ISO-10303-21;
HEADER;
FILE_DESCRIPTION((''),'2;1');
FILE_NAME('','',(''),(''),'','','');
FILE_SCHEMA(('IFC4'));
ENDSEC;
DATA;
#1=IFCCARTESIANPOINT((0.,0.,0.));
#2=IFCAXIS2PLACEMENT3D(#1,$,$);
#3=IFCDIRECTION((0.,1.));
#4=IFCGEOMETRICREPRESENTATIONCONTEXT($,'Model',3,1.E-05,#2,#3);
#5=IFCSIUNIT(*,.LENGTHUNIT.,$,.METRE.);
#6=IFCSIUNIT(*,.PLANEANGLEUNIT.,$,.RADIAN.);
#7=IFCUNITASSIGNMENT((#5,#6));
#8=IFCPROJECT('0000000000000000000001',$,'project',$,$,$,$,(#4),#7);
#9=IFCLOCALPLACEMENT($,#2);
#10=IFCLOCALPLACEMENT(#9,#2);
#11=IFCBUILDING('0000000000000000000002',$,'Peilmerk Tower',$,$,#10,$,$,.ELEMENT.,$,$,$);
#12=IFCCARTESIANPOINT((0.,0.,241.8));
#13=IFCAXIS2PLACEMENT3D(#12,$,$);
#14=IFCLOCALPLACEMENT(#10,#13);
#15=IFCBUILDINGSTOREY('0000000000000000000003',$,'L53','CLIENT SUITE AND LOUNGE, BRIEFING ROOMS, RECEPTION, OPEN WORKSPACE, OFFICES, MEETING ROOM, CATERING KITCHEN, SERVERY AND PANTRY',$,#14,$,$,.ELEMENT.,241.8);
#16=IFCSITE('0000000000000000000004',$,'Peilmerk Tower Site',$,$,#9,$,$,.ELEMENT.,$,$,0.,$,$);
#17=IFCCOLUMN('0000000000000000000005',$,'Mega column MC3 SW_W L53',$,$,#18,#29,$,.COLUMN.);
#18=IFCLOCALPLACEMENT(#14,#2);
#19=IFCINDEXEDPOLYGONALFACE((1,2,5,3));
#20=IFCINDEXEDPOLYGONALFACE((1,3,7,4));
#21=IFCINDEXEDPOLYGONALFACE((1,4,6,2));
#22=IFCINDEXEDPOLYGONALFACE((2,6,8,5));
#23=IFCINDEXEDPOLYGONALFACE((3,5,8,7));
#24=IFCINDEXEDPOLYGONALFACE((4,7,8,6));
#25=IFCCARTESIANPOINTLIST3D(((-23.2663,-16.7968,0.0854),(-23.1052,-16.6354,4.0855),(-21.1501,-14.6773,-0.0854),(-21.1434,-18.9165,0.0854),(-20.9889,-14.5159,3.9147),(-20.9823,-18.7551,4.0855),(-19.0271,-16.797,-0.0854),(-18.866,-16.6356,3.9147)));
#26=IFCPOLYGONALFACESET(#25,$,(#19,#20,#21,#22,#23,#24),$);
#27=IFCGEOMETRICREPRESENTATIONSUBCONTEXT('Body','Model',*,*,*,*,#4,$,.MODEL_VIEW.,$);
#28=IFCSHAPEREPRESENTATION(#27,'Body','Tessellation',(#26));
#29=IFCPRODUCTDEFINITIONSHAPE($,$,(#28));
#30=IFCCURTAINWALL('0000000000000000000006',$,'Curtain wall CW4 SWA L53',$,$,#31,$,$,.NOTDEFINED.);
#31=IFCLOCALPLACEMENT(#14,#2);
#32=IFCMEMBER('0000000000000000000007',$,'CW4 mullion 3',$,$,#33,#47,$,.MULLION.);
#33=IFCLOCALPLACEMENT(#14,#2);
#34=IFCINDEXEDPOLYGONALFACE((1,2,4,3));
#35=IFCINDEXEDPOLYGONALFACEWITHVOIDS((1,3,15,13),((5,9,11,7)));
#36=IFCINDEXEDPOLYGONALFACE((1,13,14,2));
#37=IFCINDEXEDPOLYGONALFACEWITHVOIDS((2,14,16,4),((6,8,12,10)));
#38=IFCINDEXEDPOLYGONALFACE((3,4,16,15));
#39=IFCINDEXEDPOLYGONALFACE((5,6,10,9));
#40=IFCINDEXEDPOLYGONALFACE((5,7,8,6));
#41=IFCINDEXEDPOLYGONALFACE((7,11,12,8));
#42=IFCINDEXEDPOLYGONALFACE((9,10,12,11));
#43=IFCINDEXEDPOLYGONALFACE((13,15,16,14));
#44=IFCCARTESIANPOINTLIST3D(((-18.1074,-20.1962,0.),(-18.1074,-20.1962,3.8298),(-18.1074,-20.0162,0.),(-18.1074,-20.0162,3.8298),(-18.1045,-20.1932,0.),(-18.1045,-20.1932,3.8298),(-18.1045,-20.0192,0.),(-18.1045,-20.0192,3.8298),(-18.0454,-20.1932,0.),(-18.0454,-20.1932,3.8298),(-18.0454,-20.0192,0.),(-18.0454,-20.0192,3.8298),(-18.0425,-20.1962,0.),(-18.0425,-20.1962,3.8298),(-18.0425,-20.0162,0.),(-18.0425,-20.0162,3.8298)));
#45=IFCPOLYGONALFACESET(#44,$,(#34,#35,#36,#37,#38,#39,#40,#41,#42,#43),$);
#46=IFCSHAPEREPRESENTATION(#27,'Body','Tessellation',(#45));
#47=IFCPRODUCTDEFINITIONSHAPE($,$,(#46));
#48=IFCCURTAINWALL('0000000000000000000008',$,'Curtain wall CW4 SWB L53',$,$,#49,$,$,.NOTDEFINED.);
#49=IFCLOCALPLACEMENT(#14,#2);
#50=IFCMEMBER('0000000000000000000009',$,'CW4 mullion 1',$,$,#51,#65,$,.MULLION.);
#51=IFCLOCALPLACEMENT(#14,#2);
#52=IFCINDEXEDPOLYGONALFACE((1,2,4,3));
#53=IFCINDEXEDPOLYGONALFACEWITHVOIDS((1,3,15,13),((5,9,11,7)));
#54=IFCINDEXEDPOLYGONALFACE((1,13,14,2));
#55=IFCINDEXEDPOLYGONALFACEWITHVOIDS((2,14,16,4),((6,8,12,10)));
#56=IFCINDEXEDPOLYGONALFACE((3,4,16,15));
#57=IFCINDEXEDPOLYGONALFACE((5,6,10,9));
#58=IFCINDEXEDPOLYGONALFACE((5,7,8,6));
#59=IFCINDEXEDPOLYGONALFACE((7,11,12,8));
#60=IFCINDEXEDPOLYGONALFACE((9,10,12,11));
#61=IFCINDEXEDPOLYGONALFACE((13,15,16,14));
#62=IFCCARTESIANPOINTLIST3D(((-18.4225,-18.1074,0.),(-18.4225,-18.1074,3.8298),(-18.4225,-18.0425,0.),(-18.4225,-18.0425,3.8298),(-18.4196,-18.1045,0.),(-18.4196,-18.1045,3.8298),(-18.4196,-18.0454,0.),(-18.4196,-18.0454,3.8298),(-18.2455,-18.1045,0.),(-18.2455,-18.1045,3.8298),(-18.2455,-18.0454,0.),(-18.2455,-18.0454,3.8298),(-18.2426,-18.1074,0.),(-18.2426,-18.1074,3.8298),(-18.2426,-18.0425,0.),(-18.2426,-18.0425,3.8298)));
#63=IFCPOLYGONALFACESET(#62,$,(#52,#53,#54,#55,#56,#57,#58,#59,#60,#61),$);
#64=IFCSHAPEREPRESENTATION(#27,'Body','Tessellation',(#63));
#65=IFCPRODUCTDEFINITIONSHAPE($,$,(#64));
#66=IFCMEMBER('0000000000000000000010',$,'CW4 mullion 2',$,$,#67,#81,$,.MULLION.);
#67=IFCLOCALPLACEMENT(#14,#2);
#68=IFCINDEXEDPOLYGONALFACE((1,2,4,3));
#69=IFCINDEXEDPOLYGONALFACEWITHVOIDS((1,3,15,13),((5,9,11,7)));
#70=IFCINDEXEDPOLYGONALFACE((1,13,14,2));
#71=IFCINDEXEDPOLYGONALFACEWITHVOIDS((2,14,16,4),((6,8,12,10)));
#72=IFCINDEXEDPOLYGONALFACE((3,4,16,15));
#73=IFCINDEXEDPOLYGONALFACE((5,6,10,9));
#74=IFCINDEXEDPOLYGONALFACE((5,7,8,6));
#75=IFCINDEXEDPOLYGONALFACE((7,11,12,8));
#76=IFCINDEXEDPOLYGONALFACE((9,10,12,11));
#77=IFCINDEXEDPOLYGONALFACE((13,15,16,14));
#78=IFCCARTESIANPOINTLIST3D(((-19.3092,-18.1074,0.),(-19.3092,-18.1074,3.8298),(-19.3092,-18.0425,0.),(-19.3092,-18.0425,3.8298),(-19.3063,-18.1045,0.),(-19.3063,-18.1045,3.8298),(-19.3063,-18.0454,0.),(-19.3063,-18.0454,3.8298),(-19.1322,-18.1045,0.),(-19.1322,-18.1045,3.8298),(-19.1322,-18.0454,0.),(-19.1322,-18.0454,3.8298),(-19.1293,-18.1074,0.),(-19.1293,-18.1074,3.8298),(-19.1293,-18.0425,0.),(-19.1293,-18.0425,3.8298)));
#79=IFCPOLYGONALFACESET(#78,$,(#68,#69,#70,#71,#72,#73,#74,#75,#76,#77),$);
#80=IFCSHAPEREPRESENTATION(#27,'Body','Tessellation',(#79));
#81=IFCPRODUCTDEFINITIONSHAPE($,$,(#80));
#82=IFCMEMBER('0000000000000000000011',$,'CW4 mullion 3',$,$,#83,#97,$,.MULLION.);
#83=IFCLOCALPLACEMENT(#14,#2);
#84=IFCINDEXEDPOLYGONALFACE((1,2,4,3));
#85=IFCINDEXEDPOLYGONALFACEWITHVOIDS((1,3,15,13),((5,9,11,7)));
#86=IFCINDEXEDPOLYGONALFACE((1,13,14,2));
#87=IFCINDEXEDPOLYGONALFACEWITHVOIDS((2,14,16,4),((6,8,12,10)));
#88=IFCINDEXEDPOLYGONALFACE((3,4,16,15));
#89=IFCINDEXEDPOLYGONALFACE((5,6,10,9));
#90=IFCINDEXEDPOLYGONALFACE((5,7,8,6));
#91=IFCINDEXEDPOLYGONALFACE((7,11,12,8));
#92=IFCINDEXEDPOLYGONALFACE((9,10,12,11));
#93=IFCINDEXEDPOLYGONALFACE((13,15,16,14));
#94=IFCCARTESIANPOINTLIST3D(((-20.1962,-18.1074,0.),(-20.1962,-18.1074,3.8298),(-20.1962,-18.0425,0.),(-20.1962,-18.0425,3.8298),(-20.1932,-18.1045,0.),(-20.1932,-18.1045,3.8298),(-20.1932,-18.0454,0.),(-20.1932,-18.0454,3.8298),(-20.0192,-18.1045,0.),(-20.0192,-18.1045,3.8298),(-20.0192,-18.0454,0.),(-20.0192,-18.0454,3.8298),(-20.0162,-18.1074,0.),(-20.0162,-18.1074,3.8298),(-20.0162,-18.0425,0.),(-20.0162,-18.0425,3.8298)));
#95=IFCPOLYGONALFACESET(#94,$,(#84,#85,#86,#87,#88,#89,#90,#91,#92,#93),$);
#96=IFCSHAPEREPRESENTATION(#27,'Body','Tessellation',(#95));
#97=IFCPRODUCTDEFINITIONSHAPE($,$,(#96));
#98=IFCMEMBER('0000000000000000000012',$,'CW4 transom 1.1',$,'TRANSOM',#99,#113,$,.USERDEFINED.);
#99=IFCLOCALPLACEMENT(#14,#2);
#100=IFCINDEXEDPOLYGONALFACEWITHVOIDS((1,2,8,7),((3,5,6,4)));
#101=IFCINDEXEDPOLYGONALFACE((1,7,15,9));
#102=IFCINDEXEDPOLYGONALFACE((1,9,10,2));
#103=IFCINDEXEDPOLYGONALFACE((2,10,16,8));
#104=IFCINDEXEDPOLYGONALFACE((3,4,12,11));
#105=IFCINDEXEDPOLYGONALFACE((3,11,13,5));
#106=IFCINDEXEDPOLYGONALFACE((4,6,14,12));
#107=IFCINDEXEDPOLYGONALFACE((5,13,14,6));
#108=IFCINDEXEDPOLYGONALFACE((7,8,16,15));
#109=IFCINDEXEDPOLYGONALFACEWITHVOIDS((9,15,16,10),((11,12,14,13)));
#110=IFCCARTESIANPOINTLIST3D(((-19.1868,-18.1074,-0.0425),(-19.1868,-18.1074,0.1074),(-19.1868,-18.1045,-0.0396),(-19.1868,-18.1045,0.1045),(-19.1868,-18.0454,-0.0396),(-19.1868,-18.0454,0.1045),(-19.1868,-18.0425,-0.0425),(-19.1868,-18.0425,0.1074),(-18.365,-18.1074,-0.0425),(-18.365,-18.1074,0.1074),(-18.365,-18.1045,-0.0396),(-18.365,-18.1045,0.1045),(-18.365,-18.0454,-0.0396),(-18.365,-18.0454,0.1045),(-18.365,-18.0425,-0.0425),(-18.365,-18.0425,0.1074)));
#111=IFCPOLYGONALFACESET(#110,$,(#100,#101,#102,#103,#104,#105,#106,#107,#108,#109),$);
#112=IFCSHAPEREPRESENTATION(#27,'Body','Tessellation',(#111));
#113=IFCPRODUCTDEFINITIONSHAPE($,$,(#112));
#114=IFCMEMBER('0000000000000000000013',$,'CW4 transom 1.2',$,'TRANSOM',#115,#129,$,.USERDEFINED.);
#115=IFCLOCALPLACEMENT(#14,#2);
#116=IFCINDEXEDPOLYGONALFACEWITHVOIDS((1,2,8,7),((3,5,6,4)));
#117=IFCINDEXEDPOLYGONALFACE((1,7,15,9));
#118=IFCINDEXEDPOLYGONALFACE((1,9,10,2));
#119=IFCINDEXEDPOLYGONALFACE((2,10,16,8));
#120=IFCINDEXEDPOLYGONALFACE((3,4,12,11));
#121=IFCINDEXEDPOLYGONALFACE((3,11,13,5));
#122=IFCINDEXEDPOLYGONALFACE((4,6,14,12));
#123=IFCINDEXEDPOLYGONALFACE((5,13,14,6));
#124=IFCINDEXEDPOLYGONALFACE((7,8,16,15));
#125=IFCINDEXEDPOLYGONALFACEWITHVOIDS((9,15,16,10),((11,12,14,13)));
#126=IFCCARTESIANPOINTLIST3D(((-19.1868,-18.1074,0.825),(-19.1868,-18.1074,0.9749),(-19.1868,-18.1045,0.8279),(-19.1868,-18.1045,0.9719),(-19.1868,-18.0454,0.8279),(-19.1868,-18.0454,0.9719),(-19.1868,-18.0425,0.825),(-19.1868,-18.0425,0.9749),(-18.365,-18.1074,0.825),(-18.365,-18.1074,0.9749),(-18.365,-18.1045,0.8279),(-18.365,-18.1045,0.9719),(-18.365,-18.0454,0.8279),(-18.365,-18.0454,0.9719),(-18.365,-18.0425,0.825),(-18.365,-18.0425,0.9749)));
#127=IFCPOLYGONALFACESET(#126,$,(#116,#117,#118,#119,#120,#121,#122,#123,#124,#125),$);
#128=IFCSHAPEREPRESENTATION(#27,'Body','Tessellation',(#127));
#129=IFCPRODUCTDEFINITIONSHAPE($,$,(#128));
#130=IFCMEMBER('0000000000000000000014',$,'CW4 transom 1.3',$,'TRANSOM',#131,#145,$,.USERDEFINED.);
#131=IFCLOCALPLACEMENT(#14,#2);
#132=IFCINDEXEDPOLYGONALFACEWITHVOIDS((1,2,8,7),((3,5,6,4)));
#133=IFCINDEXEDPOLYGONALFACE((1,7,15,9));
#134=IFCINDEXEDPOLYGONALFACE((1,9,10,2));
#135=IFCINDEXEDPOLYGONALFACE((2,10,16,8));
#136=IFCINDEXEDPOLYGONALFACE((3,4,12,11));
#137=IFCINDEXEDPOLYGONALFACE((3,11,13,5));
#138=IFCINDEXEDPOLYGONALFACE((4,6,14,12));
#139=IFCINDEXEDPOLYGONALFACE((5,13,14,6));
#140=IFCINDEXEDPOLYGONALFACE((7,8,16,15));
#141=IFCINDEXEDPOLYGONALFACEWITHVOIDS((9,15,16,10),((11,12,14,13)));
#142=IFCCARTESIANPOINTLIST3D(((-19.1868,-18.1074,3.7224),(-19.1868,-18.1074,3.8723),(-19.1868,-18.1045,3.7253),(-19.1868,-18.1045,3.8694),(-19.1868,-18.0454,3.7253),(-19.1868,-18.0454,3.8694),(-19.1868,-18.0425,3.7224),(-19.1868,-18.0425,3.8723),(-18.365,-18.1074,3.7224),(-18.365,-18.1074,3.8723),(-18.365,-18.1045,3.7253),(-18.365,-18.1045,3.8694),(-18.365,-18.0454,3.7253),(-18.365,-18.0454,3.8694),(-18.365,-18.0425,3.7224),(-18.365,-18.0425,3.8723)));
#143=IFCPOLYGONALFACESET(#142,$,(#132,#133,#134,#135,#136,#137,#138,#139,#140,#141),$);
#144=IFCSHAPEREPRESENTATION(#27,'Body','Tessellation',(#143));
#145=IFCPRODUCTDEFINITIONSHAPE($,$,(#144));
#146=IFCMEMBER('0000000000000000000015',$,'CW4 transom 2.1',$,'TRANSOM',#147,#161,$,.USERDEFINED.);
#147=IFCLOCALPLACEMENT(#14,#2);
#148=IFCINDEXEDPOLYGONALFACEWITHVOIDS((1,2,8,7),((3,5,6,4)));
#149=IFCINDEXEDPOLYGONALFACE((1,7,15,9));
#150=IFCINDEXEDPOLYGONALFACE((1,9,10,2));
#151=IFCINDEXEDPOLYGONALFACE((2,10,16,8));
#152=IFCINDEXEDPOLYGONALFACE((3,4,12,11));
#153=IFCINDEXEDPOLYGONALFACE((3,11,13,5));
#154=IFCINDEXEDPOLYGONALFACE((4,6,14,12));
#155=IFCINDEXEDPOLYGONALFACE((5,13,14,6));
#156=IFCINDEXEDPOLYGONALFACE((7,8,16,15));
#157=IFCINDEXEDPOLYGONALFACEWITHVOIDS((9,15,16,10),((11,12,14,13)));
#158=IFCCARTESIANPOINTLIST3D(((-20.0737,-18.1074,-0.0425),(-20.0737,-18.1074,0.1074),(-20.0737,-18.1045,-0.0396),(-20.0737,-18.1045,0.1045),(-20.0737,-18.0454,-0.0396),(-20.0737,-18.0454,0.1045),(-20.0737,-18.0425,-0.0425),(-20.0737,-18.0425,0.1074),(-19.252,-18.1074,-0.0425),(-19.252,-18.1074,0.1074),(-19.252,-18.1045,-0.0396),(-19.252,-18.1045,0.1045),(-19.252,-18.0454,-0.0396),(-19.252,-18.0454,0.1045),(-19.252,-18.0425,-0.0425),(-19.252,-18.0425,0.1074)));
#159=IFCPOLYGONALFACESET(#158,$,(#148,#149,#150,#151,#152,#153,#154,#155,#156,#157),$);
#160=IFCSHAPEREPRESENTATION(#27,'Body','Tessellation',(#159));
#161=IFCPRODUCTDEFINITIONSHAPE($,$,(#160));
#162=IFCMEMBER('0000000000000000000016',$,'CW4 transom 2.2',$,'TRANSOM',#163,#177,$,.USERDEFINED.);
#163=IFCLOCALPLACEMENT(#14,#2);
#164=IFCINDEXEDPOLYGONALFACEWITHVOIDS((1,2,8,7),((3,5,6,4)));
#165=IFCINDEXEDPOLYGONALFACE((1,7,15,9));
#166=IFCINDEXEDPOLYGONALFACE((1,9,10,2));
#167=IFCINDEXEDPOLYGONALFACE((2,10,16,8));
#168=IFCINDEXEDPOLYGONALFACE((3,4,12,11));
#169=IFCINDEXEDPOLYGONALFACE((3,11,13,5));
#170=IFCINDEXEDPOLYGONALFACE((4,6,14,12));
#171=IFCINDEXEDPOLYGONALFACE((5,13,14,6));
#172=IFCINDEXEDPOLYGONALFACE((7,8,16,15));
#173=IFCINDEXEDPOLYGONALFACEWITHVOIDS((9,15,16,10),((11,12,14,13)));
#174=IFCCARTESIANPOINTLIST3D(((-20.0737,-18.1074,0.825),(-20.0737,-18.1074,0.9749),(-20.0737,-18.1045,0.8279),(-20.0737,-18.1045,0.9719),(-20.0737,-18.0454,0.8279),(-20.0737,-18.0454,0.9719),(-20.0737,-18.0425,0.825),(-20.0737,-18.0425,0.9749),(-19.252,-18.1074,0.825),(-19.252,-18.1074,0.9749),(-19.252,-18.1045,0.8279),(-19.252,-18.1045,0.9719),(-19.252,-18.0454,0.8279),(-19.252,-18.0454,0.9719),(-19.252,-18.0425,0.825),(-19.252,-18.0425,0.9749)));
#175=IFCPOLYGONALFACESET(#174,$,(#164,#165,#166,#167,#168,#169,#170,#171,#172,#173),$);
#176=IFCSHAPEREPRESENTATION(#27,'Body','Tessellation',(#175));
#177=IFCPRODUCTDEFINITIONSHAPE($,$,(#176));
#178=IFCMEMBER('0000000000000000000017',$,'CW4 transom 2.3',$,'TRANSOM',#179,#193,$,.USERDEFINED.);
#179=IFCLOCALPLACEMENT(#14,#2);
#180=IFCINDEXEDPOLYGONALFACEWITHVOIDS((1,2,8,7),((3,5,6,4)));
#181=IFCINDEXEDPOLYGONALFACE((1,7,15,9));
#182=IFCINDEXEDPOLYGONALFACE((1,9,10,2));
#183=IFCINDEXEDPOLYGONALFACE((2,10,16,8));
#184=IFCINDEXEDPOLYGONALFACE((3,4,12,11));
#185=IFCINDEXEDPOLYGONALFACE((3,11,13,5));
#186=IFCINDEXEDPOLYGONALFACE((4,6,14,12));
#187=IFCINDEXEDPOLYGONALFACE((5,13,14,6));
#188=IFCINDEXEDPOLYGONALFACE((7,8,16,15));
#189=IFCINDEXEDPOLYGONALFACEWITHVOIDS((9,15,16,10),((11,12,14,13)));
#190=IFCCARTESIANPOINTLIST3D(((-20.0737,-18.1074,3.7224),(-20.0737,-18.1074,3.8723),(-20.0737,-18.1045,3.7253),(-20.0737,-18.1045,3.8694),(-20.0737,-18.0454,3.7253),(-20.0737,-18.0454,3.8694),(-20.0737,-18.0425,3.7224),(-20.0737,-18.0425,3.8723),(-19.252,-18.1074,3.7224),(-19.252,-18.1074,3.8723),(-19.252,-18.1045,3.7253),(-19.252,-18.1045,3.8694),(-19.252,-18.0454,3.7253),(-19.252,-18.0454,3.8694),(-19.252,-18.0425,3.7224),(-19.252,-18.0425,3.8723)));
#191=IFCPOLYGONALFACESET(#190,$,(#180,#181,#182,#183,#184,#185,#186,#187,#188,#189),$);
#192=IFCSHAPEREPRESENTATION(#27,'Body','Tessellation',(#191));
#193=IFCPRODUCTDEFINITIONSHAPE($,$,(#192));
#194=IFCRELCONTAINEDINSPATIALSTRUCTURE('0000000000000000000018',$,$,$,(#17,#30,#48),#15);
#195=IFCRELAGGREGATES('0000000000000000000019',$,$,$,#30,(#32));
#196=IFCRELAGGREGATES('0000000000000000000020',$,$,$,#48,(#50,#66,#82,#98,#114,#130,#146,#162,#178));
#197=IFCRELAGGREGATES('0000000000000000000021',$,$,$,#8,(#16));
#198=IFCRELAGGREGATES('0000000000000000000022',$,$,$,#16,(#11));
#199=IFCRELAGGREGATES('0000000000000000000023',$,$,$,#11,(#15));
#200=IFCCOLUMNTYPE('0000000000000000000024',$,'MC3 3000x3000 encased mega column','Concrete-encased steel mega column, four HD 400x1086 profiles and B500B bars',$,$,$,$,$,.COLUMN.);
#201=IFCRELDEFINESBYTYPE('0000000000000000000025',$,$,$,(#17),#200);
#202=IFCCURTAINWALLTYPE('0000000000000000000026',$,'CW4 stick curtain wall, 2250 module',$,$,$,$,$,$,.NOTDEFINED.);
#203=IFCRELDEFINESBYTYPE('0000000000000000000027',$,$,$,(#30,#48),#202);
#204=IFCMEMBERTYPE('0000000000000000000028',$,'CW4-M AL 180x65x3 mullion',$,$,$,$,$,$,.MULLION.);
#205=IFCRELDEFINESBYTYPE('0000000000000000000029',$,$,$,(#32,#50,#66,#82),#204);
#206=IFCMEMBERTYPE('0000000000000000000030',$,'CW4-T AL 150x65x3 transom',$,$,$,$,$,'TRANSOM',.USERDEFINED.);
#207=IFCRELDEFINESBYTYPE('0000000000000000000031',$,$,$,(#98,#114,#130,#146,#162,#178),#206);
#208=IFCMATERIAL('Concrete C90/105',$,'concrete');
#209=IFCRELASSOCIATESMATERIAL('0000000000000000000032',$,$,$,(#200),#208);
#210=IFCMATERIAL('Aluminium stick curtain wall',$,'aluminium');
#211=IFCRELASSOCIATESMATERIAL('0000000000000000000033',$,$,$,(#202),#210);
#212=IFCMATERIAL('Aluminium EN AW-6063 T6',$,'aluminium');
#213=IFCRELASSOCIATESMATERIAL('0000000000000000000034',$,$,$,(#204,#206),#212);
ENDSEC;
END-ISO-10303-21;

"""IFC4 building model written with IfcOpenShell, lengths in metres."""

from ifc_helpers import new_model, si_unit, direction, frame, origin, origin_2d, place, context, subcontext, project, spatial, rectangle, hollow_rectangle, extrude, material, material_profile, profile_set, type_object, element, aggregate, save


model = new_model("IFC4")

# Units and contexts
model_context = context("Model", 3, precision=1e-05, world=origin(), true_north=direction((0.0, 1.0)))
body_context = subcontext(model_context, "Body", "Model", "MODEL_VIEW")
ifc_project = project(units=[si_unit("LENGTHUNIT", "METRE"), si_unit("PLANEANGLEUNIT", "RADIAN")], contexts=[model_context])

# Site, building, storey
site_placement = place(None, origin())
site = spatial("IfcSite", under=ifc_project, at=site_placement, Name="Peilmerk Tower Site", CompositionType="ELEMENT", RefElevation=0.0)
building_placement = place(site_placement, origin())
building = spatial("IfcBuilding", under=site, at=building_placement, Name="Peilmerk Tower", CompositionType="ELEMENT")
storey_placement = place(building_placement, frame((0.0, 0.0, 241.8)))
storey = spatial("IfcBuildingStorey", under=building, at=storey_placement, Name="L53", Description="CLIENT SUITE AND LOUNGE, BRIEFING ROOMS, RECEPTION, OPEN WORKSPACE, OFFICES, MEETING ROOM, CATERING KITCHEN, SERVERY AND PANTRY", CompositionType="ELEMENT", Elevation=241.8)

# Column
ifc_material_1 = material(Name="Concrete C90/105", Category="concrete")
ifc_material_profile_1 = material_profile(ifc_material_1, rectangle(XDim=3.0, YDim=3.0, at=origin_2d()), Name="RC 3000x3000")
ifc_profile_set_1 = profile_set([ifc_material_profile_1], Name="Concrete C90/105")
column_type = type_object("IfcColumnType", Name="MC3 3000x3000 encased mega column", Description="Concrete-encased steel mega column, four HD 400x1086 profiles and B500B bars", PredefinedType="COLUMN", material=ifc_profile_set_1)
column_placement = place(storey_placement, frame((-21.1467, -16.7969, 0.0), z_axis=(0.040218, 0.040279, 0.998379), x_axis=(-0.707642, 0.706571, 0.0)))
element("IfcColumn", 1, at=column_placement, inside=storey, type_object=column_type, Name="Mega column MC3 SW_W L53", PredefinedType="COLUMN", context=body_context, shape_type="SweptSolid", body=[
    extrude(rectangle(XDim=3.0, YDim=3.0, at=origin_2d()), origin(), (0.0, 0.0, 1.0), 4.0066),
])

# Curtain wall, member
ifc_material_2 = material(Name="Aluminium stick curtain wall", Category="aluminium")
curtain_wall_type = type_object("IfcCurtainWallType", Name="CW4 stick curtain wall, 2250 module", PredefinedType="NOTDEFINED", material=ifc_material_2)
curtain_wall_1_placement = place(storey_placement, origin())
curtain_wall_1 = element("IfcCurtainWall", 2, at=curtain_wall_1_placement, inside=storey, type_object=curtain_wall_type, Name="Curtain wall CW4 SWA L53", PredefinedType="NOTDEFINED")
ifc_material_3 = material(Name="Aluminium EN AW-6063 T6", Category="aluminium")
ifc_material_profile_2 = material_profile(ifc_material_3, hollow_rectangle(XDim=0.0649, YDim=0.1799, WallThickness=0.0029, at=origin_2d()), Name="AL 180x65x3")
ifc_profile_set_2 = profile_set([ifc_material_profile_2], Name="Aluminium EN AW-6063 T6")
member_type_1 = type_object("IfcMemberType", Name="CW4-M AL 180x65x3 mullion", PredefinedType="MULLION", material=ifc_profile_set_2)
member_1_placement = place(storey_placement, frame((-18.075, -20.1062, 0.0), z_axis=(0.0, 0.0, 1.0), x_axis=(1.0, 0.0, 0.0)))
member_1 = element("IfcMember", 3, at=member_1_placement, type_object=member_type_1, Name="CW4 mullion 3", PredefinedType="MULLION", context=body_context, shape_type="SweptSolid", body=[
    extrude(hollow_rectangle(XDim=0.0649, YDim=0.1799, WallThickness=0.0029, at=origin_2d()), origin(), (0.0, 0.0, 1.0), 3.8298),
])

# Curtain wall, members
curtain_wall_2_placement = place(storey_placement, origin())
curtain_wall_2 = element("IfcCurtainWall", 4, at=curtain_wall_2_placement, inside=storey, type_object=curtain_wall_type, Name="Curtain wall CW4 SWB L53", PredefinedType="NOTDEFINED")
member_2_placement = place(storey_placement, frame((-18.3325, -18.075, 0.0), z_axis=(0.0, 0.0, 1.0), x_axis=(0.0, -1.0, 0.0)))
member_2 = element("IfcMember", 5, at=member_2_placement, type_object=member_type_1, Name="CW4 mullion 1", PredefinedType="MULLION", context=body_context, shape_type="SweptSolid", body=[
    extrude(hollow_rectangle(XDim=0.0649, YDim=0.1799, WallThickness=0.0029, at=origin_2d()), origin(), (0.0, 0.0, 1.0), 3.8298),
])
member_3_placement = place(storey_placement, frame((-19.2192, -18.075, 0.0), z_axis=(0.0, 0.0, 1.0), x_axis=(0.0, -1.0, 0.0)))
member_3 = element("IfcMember", 6, at=member_3_placement, type_object=member_type_1, Name="CW4 mullion 2", PredefinedType="MULLION", context=body_context, shape_type="SweptSolid", body=[
    extrude(hollow_rectangle(XDim=0.0649, YDim=0.1799, WallThickness=0.0029, at=origin_2d()), origin(), (0.0, 0.0, 1.0), 3.8298),
])
member_4_placement = place(storey_placement, frame((-20.1062, -18.075, 0.0), z_axis=(0.0, 0.0, 1.0), x_axis=(0.0, -1.0, 0.0)))
member_4 = element("IfcMember", 7, at=member_4_placement, type_object=member_type_1, Name="CW4 mullion 3", PredefinedType="MULLION", context=body_context, shape_type="SweptSolid", body=[
    extrude(hollow_rectangle(XDim=0.0649, YDim=0.1799, WallThickness=0.0029, at=origin_2d()), origin(), (0.0, 0.0, 1.0), 3.8298),
])
ifc_material_profile_3 = material_profile(ifc_material_3, hollow_rectangle(XDim=0.0649, YDim=0.1499, WallThickness=0.0029, at=origin_2d()), Name="AL 150x65x3")
ifc_profile_set_3 = profile_set([ifc_material_profile_3], Name="Aluminium EN AW-6063 T6")
member_type_2 = type_object("IfcMemberType", Name="CW4-T AL 150x65x3 transom", ElementType="TRANSOM", PredefinedType="USERDEFINED", material=ifc_profile_set_3)
member_5_placement = place(storey_placement, frame((-18.365, -18.075, 0.0325), z_axis=(-1.0, 0.0, 0.0), x_axis=(0.0, -1.0, 0.0)))
member_5 = element("IfcMember", 8, at=member_5_placement, type_object=member_type_2, Name="CW4 transom 1.1", ObjectType="TRANSOM", PredefinedType="USERDEFINED", context=body_context, shape_type="SweptSolid", body=[
    extrude(hollow_rectangle(XDim=0.0649, YDim=0.1499, WallThickness=0.0029, at=origin_2d()), origin(), (0.0, 0.0, 1.0), 0.8218),
])
member_6_placement = place(storey_placement, frame((-18.365, -18.075, 0.8999), z_axis=(-1.0, 0.0, 0.0), x_axis=(0.0, -1.0, 0.0)))
member_6 = element("IfcMember", 9, at=member_6_placement, type_object=member_type_2, Name="CW4 transom 1.2", ObjectType="TRANSOM", PredefinedType="USERDEFINED", context=body_context, shape_type="SweptSolid", body=[
    extrude(hollow_rectangle(XDim=0.0649, YDim=0.1499, WallThickness=0.0029, at=origin_2d()), origin(), (0.0, 0.0, 1.0), 0.8218),
])
member_7_placement = place(storey_placement, frame((-18.365, -18.075, 3.7974), z_axis=(-1.0, 0.0, 0.0), x_axis=(0.0, -1.0, 0.0)))
member_7 = element("IfcMember", 10, at=member_7_placement, type_object=member_type_2, Name="CW4 transom 1.3", ObjectType="TRANSOM", PredefinedType="USERDEFINED", context=body_context, shape_type="SweptSolid", body=[
    extrude(hollow_rectangle(XDim=0.0649, YDim=0.1499, WallThickness=0.0029, at=origin_2d()), origin(), (0.0, 0.0, 1.0), 0.8218),
])
member_8_placement = place(storey_placement, frame((-19.252, -18.075, 0.0325), z_axis=(-1.0, 0.0, 0.0), x_axis=(0.0, -1.0, 0.0)))
member_8 = element("IfcMember", 11, at=member_8_placement, type_object=member_type_2, Name="CW4 transom 2.1", ObjectType="TRANSOM", PredefinedType="USERDEFINED", context=body_context, shape_type="SweptSolid", body=[
    extrude(hollow_rectangle(XDim=0.0649, YDim=0.1499, WallThickness=0.0029, at=origin_2d()), origin(), (0.0, 0.0, 1.0), 0.8218),
])
member_9_placement = place(storey_placement, frame((-19.252, -18.075, 0.8999), z_axis=(-1.0, 0.0, 0.0), x_axis=(0.0, -1.0, 0.0)))
member_9 = element("IfcMember", 12, at=member_9_placement, type_object=member_type_2, Name="CW4 transom 2.2", ObjectType="TRANSOM", PredefinedType="USERDEFINED", context=body_context, shape_type="SweptSolid", body=[
    extrude(hollow_rectangle(XDim=0.0649, YDim=0.1499, WallThickness=0.0029, at=origin_2d()), origin(), (0.0, 0.0, 1.0), 0.8218),
])
member_10_placement = place(storey_placement, frame((-19.252, -18.075, 3.7974), z_axis=(-1.0, 0.0, 0.0), x_axis=(0.0, -1.0, 0.0)))
member_10 = element("IfcMember", 13, at=member_10_placement, type_object=member_type_2, Name="CW4 transom 2.3", ObjectType="TRANSOM", PredefinedType="USERDEFINED", context=body_context, shape_type="SweptSolid", body=[
    extrude(hollow_rectangle(XDim=0.0649, YDim=0.1499, WallThickness=0.0029, at=origin_2d()), origin(), (0.0, 0.0, 1.0), 0.8218),
])

aggregate(curtain_wall_1, [member_1])
aggregate(curtain_wall_2, [member_2, member_3, member_4, member_5, member_6, member_7, member_8, member_9, member_10])

save(model, "model.ifc")
